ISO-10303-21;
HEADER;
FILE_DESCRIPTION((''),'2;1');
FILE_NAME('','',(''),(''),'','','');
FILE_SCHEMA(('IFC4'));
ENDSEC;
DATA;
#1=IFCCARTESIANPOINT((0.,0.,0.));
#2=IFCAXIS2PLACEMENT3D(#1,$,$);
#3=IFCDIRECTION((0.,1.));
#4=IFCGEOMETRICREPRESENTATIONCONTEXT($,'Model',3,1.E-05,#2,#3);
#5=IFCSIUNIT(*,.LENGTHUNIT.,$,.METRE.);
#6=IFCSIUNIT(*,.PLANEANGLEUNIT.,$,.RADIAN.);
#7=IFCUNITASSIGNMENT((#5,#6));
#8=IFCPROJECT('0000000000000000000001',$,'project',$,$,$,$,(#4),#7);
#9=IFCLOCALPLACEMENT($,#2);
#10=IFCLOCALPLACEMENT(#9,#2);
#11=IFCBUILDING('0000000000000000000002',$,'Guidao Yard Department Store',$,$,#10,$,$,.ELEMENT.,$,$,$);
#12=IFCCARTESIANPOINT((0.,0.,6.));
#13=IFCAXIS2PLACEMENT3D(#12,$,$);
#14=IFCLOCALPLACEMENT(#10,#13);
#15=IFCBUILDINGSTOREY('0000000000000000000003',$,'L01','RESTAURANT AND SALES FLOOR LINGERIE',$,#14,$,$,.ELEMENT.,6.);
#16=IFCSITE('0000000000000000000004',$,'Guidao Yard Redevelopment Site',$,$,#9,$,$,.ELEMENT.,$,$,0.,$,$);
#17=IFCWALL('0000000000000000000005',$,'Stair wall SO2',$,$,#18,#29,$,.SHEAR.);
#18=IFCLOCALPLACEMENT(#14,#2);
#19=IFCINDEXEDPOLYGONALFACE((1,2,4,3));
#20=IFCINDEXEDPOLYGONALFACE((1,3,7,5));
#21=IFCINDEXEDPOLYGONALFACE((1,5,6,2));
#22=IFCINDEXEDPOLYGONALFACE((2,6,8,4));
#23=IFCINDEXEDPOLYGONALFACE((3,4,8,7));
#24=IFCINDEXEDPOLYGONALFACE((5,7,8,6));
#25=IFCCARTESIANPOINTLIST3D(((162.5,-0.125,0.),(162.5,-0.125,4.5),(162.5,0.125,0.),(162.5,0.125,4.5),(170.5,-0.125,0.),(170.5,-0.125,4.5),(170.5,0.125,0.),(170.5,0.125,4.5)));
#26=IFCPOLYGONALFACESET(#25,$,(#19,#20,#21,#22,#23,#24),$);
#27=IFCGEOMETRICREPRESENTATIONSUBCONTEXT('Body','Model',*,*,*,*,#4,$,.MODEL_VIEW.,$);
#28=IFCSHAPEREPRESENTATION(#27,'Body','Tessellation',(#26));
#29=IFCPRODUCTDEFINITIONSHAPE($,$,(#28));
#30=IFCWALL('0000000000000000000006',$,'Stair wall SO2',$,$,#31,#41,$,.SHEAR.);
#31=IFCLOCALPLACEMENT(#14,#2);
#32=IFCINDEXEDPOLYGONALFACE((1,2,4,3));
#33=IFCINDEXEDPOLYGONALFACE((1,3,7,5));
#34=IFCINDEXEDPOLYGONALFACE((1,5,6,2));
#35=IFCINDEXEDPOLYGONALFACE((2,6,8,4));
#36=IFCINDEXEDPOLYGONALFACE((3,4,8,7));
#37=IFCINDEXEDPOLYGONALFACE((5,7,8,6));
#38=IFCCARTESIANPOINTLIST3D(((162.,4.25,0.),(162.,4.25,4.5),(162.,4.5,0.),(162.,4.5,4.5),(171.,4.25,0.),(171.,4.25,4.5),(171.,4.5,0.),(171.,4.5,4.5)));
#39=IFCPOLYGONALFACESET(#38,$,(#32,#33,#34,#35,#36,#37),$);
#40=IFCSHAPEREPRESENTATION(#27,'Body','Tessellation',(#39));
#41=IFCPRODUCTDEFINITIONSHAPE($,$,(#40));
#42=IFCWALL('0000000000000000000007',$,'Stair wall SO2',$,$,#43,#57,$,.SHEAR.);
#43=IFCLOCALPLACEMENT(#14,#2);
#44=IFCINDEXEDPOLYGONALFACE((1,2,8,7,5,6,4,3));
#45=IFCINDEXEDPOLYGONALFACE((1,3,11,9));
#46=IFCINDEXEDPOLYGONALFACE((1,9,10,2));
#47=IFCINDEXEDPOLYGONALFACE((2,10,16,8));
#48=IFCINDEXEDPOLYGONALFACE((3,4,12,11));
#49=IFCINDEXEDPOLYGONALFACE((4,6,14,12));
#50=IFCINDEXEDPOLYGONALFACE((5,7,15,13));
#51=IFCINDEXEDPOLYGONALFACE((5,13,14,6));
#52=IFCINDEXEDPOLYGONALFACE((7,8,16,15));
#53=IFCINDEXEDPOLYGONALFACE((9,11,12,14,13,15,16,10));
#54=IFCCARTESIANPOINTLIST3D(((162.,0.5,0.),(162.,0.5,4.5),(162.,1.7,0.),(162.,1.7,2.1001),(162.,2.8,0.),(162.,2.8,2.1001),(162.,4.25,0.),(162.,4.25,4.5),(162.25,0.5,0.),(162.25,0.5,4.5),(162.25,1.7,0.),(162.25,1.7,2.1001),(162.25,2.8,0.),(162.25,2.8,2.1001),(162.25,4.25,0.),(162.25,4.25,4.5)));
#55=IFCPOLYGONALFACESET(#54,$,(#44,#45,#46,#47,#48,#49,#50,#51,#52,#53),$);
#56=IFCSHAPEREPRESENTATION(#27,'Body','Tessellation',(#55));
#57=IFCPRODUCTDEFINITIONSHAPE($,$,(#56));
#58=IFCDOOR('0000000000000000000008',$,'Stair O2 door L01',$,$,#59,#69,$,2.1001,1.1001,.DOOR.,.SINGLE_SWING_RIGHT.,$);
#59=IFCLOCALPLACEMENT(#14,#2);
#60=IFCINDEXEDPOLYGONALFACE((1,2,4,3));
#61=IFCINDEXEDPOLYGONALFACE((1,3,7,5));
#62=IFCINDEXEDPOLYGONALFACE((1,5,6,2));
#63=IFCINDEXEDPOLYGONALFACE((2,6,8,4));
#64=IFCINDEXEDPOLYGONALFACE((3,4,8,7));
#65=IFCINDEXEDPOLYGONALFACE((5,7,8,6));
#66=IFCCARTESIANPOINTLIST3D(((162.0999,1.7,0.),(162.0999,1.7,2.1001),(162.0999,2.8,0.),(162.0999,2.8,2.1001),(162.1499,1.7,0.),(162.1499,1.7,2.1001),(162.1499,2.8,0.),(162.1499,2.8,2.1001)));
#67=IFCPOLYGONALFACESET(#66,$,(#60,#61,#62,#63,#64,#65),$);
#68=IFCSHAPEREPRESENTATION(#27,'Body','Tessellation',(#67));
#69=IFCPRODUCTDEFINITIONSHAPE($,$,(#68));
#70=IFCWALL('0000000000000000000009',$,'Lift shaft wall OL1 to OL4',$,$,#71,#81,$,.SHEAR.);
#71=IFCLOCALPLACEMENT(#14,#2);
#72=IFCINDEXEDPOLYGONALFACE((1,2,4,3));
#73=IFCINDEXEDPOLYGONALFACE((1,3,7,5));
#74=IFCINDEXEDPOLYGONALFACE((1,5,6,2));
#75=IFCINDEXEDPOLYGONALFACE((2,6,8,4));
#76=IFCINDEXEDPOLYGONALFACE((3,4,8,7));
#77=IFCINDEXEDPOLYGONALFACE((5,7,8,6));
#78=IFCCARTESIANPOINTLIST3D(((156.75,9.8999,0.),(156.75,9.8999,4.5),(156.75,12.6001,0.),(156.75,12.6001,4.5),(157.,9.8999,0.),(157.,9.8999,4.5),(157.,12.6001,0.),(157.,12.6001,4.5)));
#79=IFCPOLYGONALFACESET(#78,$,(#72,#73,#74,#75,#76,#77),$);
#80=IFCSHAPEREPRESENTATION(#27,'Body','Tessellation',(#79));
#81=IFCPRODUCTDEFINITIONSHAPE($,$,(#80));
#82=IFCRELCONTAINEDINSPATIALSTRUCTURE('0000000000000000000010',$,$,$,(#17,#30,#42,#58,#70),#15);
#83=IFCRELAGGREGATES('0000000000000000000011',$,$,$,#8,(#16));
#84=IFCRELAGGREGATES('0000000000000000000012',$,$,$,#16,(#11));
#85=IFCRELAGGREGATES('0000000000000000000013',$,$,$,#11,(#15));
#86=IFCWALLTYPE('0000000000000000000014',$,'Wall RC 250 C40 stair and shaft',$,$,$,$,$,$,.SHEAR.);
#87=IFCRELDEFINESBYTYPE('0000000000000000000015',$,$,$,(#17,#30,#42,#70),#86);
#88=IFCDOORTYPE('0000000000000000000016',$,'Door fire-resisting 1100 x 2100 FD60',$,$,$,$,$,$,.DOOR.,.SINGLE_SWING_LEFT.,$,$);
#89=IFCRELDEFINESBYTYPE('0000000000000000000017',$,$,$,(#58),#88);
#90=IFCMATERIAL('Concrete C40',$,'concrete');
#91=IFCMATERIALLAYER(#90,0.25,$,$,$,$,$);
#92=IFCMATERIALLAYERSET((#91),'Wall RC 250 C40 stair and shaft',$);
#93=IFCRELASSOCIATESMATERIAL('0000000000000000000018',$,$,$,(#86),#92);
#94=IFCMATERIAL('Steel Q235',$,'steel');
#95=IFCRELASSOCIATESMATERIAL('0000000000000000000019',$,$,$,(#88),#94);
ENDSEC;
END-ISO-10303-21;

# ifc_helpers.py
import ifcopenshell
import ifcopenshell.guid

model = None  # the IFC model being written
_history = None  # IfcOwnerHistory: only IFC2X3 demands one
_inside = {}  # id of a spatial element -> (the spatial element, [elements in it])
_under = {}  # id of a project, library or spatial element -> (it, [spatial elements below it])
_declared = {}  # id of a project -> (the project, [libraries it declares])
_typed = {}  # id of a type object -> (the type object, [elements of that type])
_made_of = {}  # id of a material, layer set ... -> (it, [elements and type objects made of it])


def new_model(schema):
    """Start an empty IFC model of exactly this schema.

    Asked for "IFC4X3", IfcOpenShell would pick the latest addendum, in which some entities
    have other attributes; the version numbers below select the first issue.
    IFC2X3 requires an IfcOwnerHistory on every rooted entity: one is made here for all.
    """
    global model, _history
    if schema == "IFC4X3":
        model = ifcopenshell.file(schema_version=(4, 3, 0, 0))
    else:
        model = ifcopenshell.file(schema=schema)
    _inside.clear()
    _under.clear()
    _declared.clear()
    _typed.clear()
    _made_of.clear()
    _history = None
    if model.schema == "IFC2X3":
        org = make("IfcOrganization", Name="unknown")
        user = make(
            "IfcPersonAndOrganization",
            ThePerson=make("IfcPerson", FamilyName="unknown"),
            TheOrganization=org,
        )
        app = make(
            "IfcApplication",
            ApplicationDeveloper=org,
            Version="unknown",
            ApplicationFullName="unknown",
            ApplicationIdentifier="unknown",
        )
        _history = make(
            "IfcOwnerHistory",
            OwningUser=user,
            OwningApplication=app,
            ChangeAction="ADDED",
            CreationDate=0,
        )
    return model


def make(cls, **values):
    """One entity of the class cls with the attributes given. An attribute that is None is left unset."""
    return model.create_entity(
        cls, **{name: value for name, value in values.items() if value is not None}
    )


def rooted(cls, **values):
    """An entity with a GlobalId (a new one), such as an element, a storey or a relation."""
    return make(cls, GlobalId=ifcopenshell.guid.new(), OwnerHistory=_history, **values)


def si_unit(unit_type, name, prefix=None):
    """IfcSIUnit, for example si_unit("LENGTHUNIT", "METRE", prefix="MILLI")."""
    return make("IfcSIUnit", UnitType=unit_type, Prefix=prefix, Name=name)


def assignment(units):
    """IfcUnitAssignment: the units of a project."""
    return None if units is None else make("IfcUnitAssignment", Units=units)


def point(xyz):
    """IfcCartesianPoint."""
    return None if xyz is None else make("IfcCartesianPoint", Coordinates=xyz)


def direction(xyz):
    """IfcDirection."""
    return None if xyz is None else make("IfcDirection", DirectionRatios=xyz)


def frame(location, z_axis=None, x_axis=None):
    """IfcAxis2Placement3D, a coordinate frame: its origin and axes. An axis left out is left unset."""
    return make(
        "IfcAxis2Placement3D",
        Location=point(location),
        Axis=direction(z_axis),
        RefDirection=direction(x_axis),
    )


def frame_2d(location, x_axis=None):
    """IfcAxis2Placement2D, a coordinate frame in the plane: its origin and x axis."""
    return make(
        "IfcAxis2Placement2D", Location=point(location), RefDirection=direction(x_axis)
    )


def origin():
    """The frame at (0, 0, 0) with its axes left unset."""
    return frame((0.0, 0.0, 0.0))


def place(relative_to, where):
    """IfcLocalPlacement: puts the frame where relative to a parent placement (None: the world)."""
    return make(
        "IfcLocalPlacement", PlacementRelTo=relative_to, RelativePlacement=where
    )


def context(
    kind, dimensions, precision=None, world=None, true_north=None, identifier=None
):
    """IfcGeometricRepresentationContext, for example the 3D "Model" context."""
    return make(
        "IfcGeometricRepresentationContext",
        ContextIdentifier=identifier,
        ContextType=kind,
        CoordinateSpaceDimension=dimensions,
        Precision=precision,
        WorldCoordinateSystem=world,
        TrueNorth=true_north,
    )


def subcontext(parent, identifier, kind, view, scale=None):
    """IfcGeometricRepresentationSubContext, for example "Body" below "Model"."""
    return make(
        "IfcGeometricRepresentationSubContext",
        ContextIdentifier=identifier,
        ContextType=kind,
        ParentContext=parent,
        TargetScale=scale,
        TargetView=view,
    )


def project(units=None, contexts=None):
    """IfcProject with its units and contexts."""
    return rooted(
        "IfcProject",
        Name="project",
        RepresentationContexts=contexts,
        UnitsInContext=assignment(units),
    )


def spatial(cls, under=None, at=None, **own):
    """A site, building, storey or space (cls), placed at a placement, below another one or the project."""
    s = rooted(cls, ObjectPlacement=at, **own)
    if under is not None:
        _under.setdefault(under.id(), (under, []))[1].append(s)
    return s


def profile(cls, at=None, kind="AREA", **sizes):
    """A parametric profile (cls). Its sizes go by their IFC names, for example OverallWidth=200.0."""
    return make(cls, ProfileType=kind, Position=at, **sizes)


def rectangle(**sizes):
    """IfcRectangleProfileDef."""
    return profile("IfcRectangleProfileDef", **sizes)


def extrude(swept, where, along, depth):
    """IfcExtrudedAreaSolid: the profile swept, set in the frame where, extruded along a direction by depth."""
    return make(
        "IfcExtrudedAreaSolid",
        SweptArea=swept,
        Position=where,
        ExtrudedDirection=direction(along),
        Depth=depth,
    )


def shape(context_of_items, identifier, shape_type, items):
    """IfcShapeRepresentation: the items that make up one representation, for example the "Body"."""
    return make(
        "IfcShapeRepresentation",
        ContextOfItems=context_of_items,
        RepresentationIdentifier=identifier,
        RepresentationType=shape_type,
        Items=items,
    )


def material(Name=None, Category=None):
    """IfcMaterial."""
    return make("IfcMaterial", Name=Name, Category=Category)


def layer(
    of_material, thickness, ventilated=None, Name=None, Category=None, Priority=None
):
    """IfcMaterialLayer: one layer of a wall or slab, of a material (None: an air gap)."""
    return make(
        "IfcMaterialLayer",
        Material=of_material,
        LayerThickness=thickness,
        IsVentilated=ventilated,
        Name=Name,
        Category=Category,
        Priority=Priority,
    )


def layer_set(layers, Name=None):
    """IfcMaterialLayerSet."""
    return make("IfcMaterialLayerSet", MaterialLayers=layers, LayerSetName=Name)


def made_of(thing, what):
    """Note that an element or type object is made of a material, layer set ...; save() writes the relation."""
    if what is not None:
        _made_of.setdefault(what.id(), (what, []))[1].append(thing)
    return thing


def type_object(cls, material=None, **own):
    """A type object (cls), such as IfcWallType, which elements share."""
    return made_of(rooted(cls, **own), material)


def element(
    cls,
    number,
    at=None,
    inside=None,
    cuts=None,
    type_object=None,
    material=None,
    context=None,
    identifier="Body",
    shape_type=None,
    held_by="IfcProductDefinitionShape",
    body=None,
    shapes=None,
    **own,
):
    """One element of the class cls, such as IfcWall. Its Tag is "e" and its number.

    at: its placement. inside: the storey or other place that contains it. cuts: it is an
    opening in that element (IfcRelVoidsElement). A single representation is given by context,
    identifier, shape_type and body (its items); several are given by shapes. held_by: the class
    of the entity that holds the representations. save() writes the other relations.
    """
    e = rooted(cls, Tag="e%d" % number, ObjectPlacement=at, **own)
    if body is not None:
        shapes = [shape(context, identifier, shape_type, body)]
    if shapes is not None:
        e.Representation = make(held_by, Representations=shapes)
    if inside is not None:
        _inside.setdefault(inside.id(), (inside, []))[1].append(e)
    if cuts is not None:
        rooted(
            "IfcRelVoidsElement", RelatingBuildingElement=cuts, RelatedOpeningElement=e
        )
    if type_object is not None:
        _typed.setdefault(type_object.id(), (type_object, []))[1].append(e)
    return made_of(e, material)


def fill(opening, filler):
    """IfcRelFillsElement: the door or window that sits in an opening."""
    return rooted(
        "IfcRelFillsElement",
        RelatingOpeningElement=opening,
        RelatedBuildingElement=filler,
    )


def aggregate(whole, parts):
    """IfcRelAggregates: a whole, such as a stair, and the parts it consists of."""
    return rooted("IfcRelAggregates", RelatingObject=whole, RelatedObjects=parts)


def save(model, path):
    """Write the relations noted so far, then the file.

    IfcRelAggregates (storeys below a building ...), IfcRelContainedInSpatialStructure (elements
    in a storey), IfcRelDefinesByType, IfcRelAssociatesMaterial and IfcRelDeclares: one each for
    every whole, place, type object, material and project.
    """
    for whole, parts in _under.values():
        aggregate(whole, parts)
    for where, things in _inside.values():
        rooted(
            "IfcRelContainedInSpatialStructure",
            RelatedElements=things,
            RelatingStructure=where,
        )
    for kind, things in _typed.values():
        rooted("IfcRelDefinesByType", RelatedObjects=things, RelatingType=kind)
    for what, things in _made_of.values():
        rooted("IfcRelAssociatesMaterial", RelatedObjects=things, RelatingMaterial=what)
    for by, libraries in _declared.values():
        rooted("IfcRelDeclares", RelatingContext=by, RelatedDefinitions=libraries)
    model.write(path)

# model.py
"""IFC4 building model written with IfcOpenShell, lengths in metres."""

from ifc_helpers import new_model, si_unit, direction, frame, frame_2d, origin, place, context, subcontext, project, spatial, rectangle, extrude, material, layer, layer_set, type_object, element, fill, save


model = new_model("IFC4")

# Units and contexts
model_context = context("Model", 3, precision=1e-05, world=origin(), true_north=direction((0.0, 1.0)))
body_context = subcontext(model_context, "Body", "Model", "MODEL_VIEW")
ifc_project = project(units=[si_unit("LENGTHUNIT", "METRE"), si_unit("PLANEANGLEUNIT", "RADIAN")], contexts=[model_context])

# Site, building, storey
site_placement = place(None, origin())
site = spatial("IfcSite", under=ifc_project, at=site_placement, Name="Guidao Yard Redevelopment Site", CompositionType="ELEMENT", RefElevation=0.0)
building_placement = place(site_placement, origin())
building = spatial("IfcBuilding", under=site, at=building_placement, Name="Guidao Yard Department Store", CompositionType="ELEMENT")
storey_placement = place(building_placement, frame((0.0, 0.0, 6.0)))
storey = spatial("IfcBuildingStorey", under=building, at=storey_placement, Name="L01", Description="RESTAURANT AND SALES FLOOR LINGERIE", CompositionType="ELEMENT", Elevation=6.0)

# Walls
ifc_material_1 = material(Name="Concrete C40", Category="concrete")
ifc_layer_1 = layer(ifc_material_1, 0.25)
ifc_layer_set_1 = layer_set([ifc_layer_1], Name="Wall RC 250 C40 stair and shaft")
wall_type_1 = type_object("IfcWallType", Name="Wall RC 250 C40 stair and shaft", PredefinedType="SHEAR", material=ifc_layer_set_1)
wall_1_placement = place(storey_placement, frame((162.5, 0.0, 0.0), z_axis=(0.0, 0.0, 1.0), x_axis=(1.0, 0.0, 0.0)))
element("IfcWall", 1, at=wall_1_placement, inside=storey, type_object=wall_type_1, Name="Stair wall SO2", PredefinedType="SHEAR", context=body_context, shape_type="SweptSolid", body=[
    extrude(rectangle(XDim=8.0, YDim=0.25, at=frame_2d((4.0, 0.0))), origin(), (0.0, 0.0, 1.0), 4.5),
])
wall_2_placement = place(storey_placement, frame((162.0, 4.375, 0.0), z_axis=(0.0, 0.0, 1.0), x_axis=(1.0, 0.0, 0.0)))
element("IfcWall", 2, at=wall_2_placement, inside=storey, type_object=wall_type_1, Name="Stair wall SO2", PredefinedType="SHEAR", context=body_context, shape_type="SweptSolid", body=[
    extrude(rectangle(XDim=9.0, YDim=0.25, at=frame_2d((4.5, 0.0))), origin(), (0.0, 0.0, 1.0), 4.5),
])

# Wall, opening, door
wall_3_placement = place(storey_placement, frame((162.125, 0.5, 0.0), z_axis=(0.0, 0.0, 1.0), x_axis=(0.0, 1.0, 0.0)))
wall_3 = element("IfcWall", 3, at=wall_3_placement, inside=storey, type_object=wall_type_1, Name="Stair wall SO2", PredefinedType="SHEAR", context=body_context, shape_type="SweptSolid", body=[
    extrude(rectangle(XDim=3.75, YDim=0.25, at=frame_2d((1.875, 0.0))), origin(), (0.0, 0.0, 1.0), 4.5),
])
opening_1_placement = place(wall_3_placement, frame((2.3, 0.0, 0.0), z_axis=(0.0, 0.0, 1.0), x_axis=(-1.0, 0.0, 0.0)))
opening_1 = element("IfcOpeningElement", 4, at=opening_1_placement, cuts=wall_3, PredefinedType="OPENING", context=body_context, shape_type="SweptSolid", body=[
    extrude(rectangle(XDim=1.1001, YDim=2.1001, at=frame_2d((0.55, 1.05))), frame((0.0, 0.135, 0.0), z_axis=(0.0, -1.0, 0.0), x_axis=(1.0, 0.0, 0.0)), (0.0, 0.0, 1.0), 0.27),
])
ifc_material_2 = material(Name="Steel Q235", Category="steel")
door_type_1 = type_object("IfcDoorType", Name="Door fire-resisting 1100 x 2100 FD60", OperationType="SINGLE_SWING_LEFT", PredefinedType="DOOR", material=ifc_material_2)
door_1_placement = place(opening_1_placement, origin())
door_1 = element("IfcDoor", 5, at=door_1_placement, inside=storey, type_object=door_type_1, Name="Stair O2 door L01", OperationType="SINGLE_SWING_RIGHT", OverallHeight=2.1001, OverallWidth=1.1001, PredefinedType="DOOR", context=body_context, shape_type="SweptSolid", body=[
    extrude(rectangle(XDim=1.1001, YDim=2.1001, at=frame_2d((0.55, 1.05))), frame((0.0, 0.0249, 0.0), z_axis=(0.0, -1.0, 0.0), x_axis=(1.0, 0.0, 0.0)), (0.0, 0.0, 1.0), 0.05),
])
fill(opening_1, door_1)

# Wall
wall_4_placement = place(storey_placement, frame((156.875, 9.8999, 0.0), z_axis=(0.0, 0.0, 1.0), x_axis=(0.0, 1.0, 0.0)))
element("IfcWall", 6, at=wall_4_placement, inside=storey, type_object=wall_type_1, Name="Lift shaft wall OL1 to OL4", PredefinedType="SHEAR", context=body_context, shape_type="SweptSolid", body=[
    extrude(rectangle(XDim=2.7002, YDim=0.25, at=frame_2d((1.3501, 0.0))), origin(), (0.0, 0.0, 1.0), 4.5),
])

save(model, "model.ifc")
